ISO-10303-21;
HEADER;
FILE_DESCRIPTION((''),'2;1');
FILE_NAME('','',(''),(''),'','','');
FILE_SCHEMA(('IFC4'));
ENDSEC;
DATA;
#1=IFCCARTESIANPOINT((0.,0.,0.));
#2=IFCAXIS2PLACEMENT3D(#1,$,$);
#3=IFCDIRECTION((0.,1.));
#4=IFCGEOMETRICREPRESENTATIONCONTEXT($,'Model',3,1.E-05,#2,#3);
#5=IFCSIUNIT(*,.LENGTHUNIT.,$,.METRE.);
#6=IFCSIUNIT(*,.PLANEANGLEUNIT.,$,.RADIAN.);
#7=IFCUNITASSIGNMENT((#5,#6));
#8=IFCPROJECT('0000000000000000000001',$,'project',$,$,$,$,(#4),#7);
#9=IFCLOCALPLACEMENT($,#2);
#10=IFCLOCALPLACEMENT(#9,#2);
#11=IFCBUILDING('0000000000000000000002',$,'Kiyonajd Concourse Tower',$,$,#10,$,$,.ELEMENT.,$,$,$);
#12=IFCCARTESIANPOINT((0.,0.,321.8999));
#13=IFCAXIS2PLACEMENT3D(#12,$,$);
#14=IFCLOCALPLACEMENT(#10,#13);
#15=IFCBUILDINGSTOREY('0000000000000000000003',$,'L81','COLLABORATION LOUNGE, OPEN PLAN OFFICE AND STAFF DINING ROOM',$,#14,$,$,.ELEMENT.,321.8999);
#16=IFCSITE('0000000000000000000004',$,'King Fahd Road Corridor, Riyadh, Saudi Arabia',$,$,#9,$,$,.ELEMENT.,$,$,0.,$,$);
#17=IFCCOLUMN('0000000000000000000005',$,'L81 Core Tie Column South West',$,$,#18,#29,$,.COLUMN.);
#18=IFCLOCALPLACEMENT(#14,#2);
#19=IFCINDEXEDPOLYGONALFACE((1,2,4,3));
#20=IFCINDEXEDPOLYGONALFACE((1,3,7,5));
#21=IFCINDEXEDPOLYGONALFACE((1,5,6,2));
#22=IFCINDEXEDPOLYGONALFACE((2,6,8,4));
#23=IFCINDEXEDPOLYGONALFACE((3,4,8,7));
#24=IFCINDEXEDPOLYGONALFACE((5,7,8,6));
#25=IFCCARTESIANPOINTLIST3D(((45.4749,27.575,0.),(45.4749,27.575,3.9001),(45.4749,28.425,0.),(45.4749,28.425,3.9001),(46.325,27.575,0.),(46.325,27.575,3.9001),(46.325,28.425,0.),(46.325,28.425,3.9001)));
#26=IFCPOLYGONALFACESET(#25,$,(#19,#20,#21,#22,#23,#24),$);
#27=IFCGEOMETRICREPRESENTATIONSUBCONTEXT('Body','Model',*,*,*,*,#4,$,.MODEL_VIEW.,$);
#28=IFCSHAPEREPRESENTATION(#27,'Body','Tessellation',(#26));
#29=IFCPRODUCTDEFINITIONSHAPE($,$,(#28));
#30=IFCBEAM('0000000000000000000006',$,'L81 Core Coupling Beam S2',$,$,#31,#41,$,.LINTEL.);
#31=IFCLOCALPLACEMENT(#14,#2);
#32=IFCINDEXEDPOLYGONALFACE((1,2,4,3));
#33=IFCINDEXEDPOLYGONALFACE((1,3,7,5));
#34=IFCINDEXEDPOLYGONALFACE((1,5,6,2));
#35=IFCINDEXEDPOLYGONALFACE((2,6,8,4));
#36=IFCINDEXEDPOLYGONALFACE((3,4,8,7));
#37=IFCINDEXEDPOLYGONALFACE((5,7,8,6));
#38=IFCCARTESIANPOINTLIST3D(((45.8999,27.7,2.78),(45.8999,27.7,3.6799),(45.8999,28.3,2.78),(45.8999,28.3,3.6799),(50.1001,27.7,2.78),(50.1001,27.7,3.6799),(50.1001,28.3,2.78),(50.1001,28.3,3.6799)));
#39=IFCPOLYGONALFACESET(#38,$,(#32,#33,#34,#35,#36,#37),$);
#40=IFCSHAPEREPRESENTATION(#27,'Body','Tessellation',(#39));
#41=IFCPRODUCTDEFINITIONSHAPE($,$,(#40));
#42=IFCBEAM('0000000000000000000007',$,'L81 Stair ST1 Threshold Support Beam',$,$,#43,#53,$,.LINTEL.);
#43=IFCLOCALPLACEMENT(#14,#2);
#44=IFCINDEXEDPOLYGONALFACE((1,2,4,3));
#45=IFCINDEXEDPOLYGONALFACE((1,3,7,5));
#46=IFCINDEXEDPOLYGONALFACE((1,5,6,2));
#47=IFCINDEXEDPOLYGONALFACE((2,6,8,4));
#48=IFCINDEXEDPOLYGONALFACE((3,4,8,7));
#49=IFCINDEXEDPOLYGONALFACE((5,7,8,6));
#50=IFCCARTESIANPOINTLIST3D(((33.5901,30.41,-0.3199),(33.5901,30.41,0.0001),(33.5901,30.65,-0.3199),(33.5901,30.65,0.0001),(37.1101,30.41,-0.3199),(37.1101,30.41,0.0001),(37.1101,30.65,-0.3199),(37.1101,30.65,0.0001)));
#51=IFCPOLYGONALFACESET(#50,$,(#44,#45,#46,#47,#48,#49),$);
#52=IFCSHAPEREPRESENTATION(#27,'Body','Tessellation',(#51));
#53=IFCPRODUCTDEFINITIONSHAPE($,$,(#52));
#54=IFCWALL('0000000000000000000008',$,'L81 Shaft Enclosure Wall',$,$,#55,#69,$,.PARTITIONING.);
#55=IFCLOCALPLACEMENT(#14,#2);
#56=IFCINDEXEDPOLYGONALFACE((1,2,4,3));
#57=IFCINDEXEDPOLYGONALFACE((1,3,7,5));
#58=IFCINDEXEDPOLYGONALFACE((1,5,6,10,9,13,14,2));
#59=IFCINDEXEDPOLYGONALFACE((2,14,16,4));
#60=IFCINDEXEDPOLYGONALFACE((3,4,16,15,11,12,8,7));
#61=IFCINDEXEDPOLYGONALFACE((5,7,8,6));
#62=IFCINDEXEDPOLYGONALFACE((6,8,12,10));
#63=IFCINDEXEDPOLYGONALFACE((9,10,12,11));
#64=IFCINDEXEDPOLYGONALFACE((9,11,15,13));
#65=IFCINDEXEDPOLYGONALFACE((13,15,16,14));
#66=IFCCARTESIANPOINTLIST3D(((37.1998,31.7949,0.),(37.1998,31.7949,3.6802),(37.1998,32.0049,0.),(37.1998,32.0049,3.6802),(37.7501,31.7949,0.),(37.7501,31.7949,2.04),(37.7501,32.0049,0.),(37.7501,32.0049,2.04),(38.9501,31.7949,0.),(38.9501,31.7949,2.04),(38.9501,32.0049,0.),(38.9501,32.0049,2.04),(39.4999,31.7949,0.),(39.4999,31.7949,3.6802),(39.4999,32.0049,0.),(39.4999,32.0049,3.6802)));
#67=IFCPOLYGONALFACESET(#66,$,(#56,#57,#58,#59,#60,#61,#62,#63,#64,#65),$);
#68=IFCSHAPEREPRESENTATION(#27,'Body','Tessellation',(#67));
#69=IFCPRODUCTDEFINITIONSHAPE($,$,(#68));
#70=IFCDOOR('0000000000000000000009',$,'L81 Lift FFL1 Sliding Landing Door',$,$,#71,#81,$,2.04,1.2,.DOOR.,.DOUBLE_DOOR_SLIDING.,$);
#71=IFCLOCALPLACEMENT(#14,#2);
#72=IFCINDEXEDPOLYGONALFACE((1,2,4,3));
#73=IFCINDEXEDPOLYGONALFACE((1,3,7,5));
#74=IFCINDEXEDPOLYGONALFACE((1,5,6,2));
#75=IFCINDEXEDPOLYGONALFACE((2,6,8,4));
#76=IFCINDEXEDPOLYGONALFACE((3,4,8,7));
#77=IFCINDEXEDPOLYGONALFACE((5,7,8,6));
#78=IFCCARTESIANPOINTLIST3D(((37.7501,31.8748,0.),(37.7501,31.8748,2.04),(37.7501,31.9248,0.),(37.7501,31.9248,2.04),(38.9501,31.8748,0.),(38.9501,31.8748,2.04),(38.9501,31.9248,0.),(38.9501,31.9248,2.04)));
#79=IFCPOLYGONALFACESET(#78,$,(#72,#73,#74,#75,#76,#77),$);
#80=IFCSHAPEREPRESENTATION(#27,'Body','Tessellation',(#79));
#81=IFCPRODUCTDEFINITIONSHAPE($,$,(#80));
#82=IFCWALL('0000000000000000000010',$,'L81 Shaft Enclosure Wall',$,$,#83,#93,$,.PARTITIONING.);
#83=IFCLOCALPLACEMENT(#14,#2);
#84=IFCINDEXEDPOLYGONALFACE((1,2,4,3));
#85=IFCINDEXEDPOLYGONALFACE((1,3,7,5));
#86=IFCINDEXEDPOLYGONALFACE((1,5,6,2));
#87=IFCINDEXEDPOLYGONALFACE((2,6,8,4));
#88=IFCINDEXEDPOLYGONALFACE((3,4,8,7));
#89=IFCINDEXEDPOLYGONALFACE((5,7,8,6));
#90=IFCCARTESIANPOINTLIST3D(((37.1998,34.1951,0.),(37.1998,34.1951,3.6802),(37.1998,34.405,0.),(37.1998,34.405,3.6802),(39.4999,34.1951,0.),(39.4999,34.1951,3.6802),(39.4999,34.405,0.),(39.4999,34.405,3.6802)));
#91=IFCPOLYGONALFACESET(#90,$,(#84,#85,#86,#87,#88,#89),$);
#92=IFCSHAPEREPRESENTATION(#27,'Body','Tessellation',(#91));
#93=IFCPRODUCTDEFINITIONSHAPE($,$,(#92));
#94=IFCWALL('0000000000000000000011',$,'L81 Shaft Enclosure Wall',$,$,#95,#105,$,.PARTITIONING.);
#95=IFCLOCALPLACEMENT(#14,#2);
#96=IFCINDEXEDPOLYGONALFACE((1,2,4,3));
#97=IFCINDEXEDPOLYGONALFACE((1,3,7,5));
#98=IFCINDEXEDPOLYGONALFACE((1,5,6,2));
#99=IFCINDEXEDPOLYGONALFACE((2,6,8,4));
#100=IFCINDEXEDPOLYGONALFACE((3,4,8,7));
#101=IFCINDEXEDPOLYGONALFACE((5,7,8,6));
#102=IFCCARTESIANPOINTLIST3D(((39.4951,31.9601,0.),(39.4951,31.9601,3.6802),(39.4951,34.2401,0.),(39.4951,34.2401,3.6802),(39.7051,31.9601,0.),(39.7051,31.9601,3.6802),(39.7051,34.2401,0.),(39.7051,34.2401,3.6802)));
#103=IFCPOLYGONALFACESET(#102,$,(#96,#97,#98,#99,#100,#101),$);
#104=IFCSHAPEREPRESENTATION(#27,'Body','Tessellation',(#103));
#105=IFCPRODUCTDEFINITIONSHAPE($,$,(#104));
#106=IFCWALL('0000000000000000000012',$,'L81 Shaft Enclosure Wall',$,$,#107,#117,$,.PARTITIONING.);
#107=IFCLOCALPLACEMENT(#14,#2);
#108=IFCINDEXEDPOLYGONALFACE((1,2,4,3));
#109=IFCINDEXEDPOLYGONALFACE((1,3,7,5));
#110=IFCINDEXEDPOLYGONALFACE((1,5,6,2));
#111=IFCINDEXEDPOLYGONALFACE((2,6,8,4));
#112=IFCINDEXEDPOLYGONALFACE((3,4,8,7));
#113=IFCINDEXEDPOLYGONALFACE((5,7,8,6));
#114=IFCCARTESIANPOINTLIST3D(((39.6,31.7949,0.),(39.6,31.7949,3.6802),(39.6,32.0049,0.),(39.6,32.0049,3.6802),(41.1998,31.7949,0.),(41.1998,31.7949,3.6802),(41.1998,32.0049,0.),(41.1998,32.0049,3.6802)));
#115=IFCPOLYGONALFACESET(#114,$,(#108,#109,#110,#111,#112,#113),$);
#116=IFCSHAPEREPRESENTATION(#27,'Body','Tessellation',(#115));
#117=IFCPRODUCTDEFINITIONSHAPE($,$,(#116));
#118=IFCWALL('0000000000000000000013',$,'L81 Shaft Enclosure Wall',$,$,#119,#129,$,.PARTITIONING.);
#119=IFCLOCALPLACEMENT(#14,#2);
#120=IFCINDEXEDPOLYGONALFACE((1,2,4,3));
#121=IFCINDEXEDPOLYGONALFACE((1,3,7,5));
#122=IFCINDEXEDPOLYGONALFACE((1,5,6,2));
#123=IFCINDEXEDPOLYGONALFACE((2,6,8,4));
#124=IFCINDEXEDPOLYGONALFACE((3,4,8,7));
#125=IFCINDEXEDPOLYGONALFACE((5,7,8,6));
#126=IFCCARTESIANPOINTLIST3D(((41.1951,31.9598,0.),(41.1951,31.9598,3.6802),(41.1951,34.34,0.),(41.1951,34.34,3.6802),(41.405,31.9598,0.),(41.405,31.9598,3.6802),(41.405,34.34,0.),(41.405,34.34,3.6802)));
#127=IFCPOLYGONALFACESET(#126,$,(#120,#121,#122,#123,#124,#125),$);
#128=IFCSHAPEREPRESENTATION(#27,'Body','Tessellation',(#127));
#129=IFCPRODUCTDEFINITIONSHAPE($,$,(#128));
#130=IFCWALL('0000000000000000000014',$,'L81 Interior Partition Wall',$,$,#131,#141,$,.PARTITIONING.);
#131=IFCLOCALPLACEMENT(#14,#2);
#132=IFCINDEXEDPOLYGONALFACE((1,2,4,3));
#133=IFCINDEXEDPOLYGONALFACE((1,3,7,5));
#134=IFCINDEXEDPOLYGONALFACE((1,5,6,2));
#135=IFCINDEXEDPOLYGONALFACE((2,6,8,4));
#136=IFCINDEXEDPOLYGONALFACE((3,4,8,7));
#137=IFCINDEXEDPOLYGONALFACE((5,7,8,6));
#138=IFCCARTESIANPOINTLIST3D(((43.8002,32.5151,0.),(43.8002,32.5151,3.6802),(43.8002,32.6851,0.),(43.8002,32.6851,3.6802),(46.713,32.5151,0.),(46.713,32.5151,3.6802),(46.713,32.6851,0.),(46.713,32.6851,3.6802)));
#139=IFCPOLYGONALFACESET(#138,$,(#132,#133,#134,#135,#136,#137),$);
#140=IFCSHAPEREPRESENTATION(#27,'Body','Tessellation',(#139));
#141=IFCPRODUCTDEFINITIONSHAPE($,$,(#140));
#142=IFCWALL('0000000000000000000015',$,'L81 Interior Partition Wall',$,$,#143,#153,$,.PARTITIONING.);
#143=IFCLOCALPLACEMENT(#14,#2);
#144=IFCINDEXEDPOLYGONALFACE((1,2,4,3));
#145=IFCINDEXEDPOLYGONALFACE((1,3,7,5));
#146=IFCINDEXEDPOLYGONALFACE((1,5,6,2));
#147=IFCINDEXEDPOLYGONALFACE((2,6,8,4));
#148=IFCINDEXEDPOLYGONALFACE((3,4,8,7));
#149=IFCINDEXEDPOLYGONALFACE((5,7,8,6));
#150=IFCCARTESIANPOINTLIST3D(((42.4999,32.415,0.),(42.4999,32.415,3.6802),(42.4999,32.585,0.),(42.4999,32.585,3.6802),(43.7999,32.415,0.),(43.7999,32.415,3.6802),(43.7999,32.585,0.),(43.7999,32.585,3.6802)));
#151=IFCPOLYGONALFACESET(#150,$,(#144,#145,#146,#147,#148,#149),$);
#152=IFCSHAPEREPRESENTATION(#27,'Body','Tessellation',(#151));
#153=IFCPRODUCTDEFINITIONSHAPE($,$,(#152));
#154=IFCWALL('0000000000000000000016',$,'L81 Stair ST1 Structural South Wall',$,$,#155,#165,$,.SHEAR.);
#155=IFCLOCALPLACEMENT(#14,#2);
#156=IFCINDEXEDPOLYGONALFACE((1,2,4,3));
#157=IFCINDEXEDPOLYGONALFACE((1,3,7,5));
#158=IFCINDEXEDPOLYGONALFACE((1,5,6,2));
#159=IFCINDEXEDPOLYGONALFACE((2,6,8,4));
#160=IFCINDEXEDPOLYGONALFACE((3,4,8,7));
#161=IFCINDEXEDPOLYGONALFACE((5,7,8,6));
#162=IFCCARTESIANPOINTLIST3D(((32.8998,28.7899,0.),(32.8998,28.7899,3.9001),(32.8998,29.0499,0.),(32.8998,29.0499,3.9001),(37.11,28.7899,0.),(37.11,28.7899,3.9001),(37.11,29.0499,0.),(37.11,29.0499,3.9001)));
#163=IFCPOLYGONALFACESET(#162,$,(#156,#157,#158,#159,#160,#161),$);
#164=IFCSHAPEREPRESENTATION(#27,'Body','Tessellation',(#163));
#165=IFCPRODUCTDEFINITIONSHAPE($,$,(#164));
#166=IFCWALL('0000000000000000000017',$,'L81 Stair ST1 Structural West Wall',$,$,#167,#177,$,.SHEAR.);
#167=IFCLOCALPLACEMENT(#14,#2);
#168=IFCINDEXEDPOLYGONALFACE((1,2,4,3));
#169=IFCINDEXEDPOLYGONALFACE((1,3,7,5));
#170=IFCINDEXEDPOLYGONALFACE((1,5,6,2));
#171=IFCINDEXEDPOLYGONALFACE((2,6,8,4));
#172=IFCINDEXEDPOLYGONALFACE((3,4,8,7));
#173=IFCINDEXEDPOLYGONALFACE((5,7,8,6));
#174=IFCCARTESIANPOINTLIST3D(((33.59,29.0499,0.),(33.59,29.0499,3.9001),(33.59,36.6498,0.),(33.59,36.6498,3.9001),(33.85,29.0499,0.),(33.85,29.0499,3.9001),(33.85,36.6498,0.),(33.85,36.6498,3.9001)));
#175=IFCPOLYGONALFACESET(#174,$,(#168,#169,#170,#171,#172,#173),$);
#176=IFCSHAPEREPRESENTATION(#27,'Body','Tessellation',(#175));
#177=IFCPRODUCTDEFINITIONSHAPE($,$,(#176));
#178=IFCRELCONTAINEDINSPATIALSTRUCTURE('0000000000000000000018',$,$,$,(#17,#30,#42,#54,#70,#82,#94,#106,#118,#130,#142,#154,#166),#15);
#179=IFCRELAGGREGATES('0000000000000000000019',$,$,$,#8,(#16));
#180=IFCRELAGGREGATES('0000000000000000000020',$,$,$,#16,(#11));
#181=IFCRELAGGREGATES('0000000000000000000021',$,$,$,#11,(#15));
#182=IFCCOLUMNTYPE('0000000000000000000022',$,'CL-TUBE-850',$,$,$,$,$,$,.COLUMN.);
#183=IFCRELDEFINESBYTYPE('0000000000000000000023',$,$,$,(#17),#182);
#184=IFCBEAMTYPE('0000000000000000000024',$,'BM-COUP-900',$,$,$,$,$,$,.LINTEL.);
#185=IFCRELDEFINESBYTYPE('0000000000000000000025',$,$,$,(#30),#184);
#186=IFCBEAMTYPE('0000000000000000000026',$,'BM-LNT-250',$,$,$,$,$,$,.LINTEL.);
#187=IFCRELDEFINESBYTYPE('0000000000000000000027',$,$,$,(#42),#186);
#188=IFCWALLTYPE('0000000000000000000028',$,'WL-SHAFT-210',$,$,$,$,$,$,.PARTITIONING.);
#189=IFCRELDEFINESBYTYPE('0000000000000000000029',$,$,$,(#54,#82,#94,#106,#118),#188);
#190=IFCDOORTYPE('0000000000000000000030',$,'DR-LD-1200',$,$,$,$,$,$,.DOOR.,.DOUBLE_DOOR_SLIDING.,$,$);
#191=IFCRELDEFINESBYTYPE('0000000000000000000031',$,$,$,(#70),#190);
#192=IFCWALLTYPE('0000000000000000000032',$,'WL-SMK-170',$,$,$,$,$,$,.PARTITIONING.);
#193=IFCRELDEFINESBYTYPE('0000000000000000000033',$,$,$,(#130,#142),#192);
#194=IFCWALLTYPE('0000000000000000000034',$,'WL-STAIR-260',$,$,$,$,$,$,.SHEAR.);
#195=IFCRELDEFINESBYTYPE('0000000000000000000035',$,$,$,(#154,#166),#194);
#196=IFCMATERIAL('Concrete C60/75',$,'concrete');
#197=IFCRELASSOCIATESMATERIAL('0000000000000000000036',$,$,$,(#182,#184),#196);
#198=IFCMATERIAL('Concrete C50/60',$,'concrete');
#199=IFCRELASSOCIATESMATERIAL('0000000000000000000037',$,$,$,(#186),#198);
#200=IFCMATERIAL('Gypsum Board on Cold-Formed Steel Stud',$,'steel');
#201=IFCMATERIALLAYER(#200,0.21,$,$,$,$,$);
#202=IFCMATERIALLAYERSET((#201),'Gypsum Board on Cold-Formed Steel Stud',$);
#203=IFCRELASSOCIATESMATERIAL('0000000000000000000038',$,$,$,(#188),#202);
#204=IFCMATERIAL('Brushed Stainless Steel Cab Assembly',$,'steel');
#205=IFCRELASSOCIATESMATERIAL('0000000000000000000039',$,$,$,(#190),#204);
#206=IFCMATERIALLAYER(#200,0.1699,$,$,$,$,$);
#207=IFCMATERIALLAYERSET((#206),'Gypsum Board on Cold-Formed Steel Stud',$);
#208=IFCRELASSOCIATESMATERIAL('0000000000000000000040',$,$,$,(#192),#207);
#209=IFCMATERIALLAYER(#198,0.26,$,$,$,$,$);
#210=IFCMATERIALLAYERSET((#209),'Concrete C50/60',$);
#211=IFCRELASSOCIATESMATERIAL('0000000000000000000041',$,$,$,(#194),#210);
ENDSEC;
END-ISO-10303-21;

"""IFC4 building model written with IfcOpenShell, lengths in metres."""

from ifc_helpers import new_model, si_unit, direction, frame, frame_2d, origin, origin_2d, place, context, subcontext, project, spatial, rectangle, extrude, material, layer, layer_set, material_profile, profile_set, type_object, element, fill, save


model = new_model("IFC4")

# Units and contexts
model_context = context("Model", 3, precision=1e-05, world=origin(), true_north=direction((0.0, 1.0)))
body_context = subcontext(model_context, "Body", "Model", "MODEL_VIEW")
ifc_project = project(units=[si_unit("LENGTHUNIT", "METRE"), si_unit("PLANEANGLEUNIT", "RADIAN")], contexts=[model_context])

# Site, building, storey
site_placement = place(None, origin())
site = spatial("IfcSite", under=ifc_project, at=site_placement, Name="King Fahd Road Corridor, Riyadh, Saudi Arabia", CompositionType="ELEMENT", RefElevation=0.0)
building_placement = place(site_placement, origin())
building = spatial("IfcBuilding", under=site, at=building_placement, Name="Kiyonajd Concourse Tower", CompositionType="ELEMENT")
storey_placement = place(building_placement, frame((0.0, 0.0, 321.8999)))
storey = spatial("IfcBuildingStorey", under=building, at=storey_placement, Name="L81", Description="COLLABORATION LOUNGE, OPEN PLAN OFFICE AND STAFF DINING ROOM", CompositionType="ELEMENT", Elevation=321.8999)

# Column
ifc_material_1 = material(Name="Concrete C60/75", Category="concrete")
ifc_material_profile_1 = material_profile(ifc_material_1, rectangle(XDim=0.8501, YDim=0.8501, at=origin_2d()), Name="RC-850x850")
ifc_profile_set_1 = profile_set([ifc_material_profile_1], Name="Concrete C60/75")
column_type = type_object("IfcColumnType", Name="CL-TUBE-850", PredefinedType="COLUMN", material=ifc_profile_set_1)
column_placement = place(storey_placement, frame((45.8999, 28.0, 0.0), z_axis=(0.0, 0.0, 1.0), x_axis=(1.0, 0.0, 0.0)))
element("IfcColumn", 1, at=column_placement, inside=storey, type_object=column_type, Name="L81 Core Tie Column South West", PredefinedType="COLUMN", context=body_context, shape_type="SweptSolid", body=[
    extrude(rectangle(XDim=0.8501, YDim=0.8501, at=origin_2d()), origin(), (0.0, 0.0, 1.0), 3.9001),
])

# Beams
ifc_material_profile_2 = material_profile(ifc_material_1, rectangle(XDim=0.6001, YDim=0.8999, at=origin_2d()), Name="RCBM-600x900")
ifc_profile_set_2 = profile_set([ifc_material_profile_2], Name="Concrete C60/75")
beam_type_1 = type_object("IfcBeamType", Name="BM-COUP-900", PredefinedType="LINTEL", material=ifc_profile_set_2)
beam_1_placement = place(storey_placement, frame((45.8999, 28.0, 3.23), z_axis=(1.0, 0.0, 0.0), x_axis=(0.0, 1.0, 0.0)))
element("IfcBeam", 2, at=beam_1_placement, inside=storey, type_object=beam_type_1, Name="L81 Core Coupling Beam S2", PredefinedType="LINTEL", context=body_context, shape_type="SweptSolid", body=[
    extrude(rectangle(XDim=0.6001, YDim=0.8999, at=origin_2d()), origin(), (0.0, 0.0, 1.0), 4.2002),
])
ifc_material_2 = material(Name="Concrete C50/60", Category="concrete")
ifc_material_profile_3 = material_profile(ifc_material_2, rectangle(XDim=0.24, YDim=0.3201, at=origin_2d()), Name="RCBM-240x320")
ifc_profile_set_3 = profile_set([ifc_material_profile_3], Name="Concrete C50/60")
beam_type_2 = type_object("IfcBeamType", Name="BM-LNT-250", PredefinedType="LINTEL", material=ifc_profile_set_3)
beam_2_placement = place(storey_placement, frame((33.5901, 30.53, -0.1599), z_axis=(1.0, 0.0, 0.0), x_axis=(0.0, 1.0, 0.0)))
element("IfcBeam", 3, at=beam_2_placement, inside=storey, type_object=beam_type_2, Name="L81 Stair ST1 Threshold Support Beam", PredefinedType="LINTEL", context=body_context, shape_type="SweptSolid", body=[
    extrude(rectangle(XDim=0.24, YDim=0.3201, at=origin_2d()), origin(), (0.0, 0.0, 1.0), 3.52),
])

# Wall, opening, door
ifc_material_3 = material(Name="Gypsum Board on Cold-Formed Steel Stud", Category="steel")
ifc_layer_1 = layer(ifc_material_3, 0.21)
ifc_layer_set_1 = layer_set([ifc_layer_1], Name="Gypsum Board on Cold-Formed Steel Stud")
wall_type_1 = type_object("IfcWallType", Name="WL-SHAFT-210", PredefinedType="PARTITIONING", material=ifc_layer_set_1)
wall_1_placement = place(storey_placement, frame((37.2, 31.8999, 0.0), z_axis=(0.0, 0.0, 1.0), x_axis=(1.0, 0.0, 0.0)))
wall_1 = element("IfcWall", 4, at=wall_1_placement, inside=storey, type_object=wall_type_1, Name="L81 Shaft Enclosure Wall", PredefinedType="PARTITIONING", context=body_context, shape_type="SweptSolid", body=[
    extrude(rectangle(XDim=2.3, YDim=0.21, at=frame_2d((1.1499, 0.0))), origin(), (0.0, 0.0, 1.0), 3.6802),
])
opening_1_placement = place(wall_1_placement, frame((0.55, 0.0, 0.0)))
opening_1 = element("IfcOpeningElement", 5, at=opening_1_placement, cuts=wall_1, PredefinedType="OPENING", context=body_context, shape_type="SweptSolid", body=[
    extrude(rectangle(XDim=1.2, YDim=2.04, at=frame_2d((0.6001, 1.02))), frame((0.0, 0.115, 0.0), z_axis=(0.0, -1.0, 0.0), x_axis=(1.0, 0.0, 0.0)), (0.0, 0.0, 1.0), 0.23),
])
ifc_material_4 = material(Name="Brushed Stainless Steel Cab Assembly", Category="steel")
door_type_1 = type_object("IfcDoorType", Name="DR-LD-1200", OperationType="DOUBLE_DOOR_SLIDING", PredefinedType="DOOR", material=ifc_material_4)
door_1_placement = place(opening_1_placement, origin())
door_1 = element("IfcDoor", 6, at=door_1_placement, inside=storey, type_object=door_type_1, Name="L81 Lift FFL1 Sliding Landing Door", OperationType="DOUBLE_DOOR_SLIDING", OverallHeight=2.04, OverallWidth=1.2, PredefinedType="DOOR", context=body_context, shape_type="SweptSolid", body=[
    extrude(rectangle(XDim=1.2, YDim=2.04, at=frame_2d((0.6001, 1.02))), frame((0.0, 0.0249, 0.0), z_axis=(0.0, -1.0, 0.0), x_axis=(1.0, 0.0, 0.0)), (0.0, 0.0, 1.0), 0.05),
])
fill(opening_1, door_1)

# Walls
wall_2_placement = place(storey_placement, frame((37.2, 34.3, 0.0), z_axis=(0.0, 0.0, 1.0), x_axis=(1.0, 0.0, 0.0)))
element("IfcWall", 7, at=wall_2_placement, inside=storey, type_object=wall_type_1, Name="L81 Shaft Enclosure Wall", PredefinedType="PARTITIONING", context=body_context, shape_type="SweptSolid", body=[
    extrude(rectangle(XDim=2.3, YDim=0.21, at=frame_2d((1.1499, 0.0))), origin(), (0.0, 0.0, 1.0), 3.6802),
])
wall_3_placement = place(storey_placement, frame((39.6001, 31.96, 0.0), z_axis=(0.0, 0.0, 1.0), x_axis=(0.0, 1.0, 0.0)))
element("IfcWall", 8, at=wall_3_placement, inside=storey, type_object=wall_type_1, Name="L81 Shaft Enclosure Wall", PredefinedType="PARTITIONING", context=body_context, shape_type="SweptSolid", body=[
    extrude(rectangle(XDim=2.28, YDim=0.21, at=frame_2d((1.1401, 0.0))), origin(), (0.0, 0.0, 1.0), 3.6802),
])
wall_4_placement = place(storey_placement, frame((39.6001, 31.8999, 0.0), z_axis=(0.0, 0.0, 1.0), x_axis=(1.0, 0.0, 0.0)))
element("IfcWall", 9, at=wall_4_placement, inside=storey, type_object=wall_type_1, Name="L81 Shaft Enclosure Wall", PredefinedType="PARTITIONING", context=body_context, shape_type="SweptSolid", body=[
    extrude(rectangle(XDim=1.5999, YDim=0.21, at=frame_2d((0.7998, 0.0))), origin(), (0.0, 0.0, 1.0), 3.6802),
])
wall_5_placement = place(storey_placement, frame((41.3, 31.96, 0.0), z_axis=(0.0, 0.0, 1.0), x_axis=(0.0, 1.0, 0.0)))
element("IfcWall", 10, at=wall_5_placement, inside=storey, type_object=wall_type_1, Name="L81 Shaft Enclosure Wall", PredefinedType="PARTITIONING", context=body_context, shape_type="SweptSolid", body=[
    extrude(rectangle(XDim=2.3801, YDim=0.21, at=frame_2d((1.1899, 0.0))), origin(), (0.0, 0.0, 1.0), 3.6802),
])
ifc_layer_2 = layer(ifc_material_3, 0.1699)
ifc_layer_set_2 = layer_set([ifc_layer_2], Name="Gypsum Board on Cold-Formed Steel Stud")
wall_type_2 = type_object("IfcWallType", Name="WL-SMK-170", PredefinedType="PARTITIONING", material=ifc_layer_set_2)
wall_6_placement = place(storey_placement, frame((43.8, 32.6001, 0.0), z_axis=(0.0, 0.0, 1.0), x_axis=(1.0, 0.0, 0.0)))
element("IfcWall", 11, at=wall_6_placement, inside=storey, type_object=wall_type_2, Name="L81 Interior Partition Wall", PredefinedType="PARTITIONING", context=body_context, shape_type="SweptSolid", body=[
    extrude(rectangle(XDim=2.9128, YDim=0.1699, at=frame_2d((1.4565, 0.0))), origin(), (0.0, 0.0, 1.0), 3.6802),
])
wall_7_placement = place(storey_placement, frame((42.5, 32.5, 0.0), z_axis=(0.0, 0.0, 1.0), x_axis=(1.0, 0.0, 0.0)))
element("IfcWall", 12, at=wall_7_placement, inside=storey, type_object=wall_type_2, Name="L81 Interior Partition Wall", PredefinedType="PARTITIONING", context=body_context, shape_type="SweptSolid", body=[
    extrude(rectangle(XDim=1.3, YDim=0.1699, at=frame_2d((0.6499, 0.0))), origin(), (0.0, 0.0, 1.0), 3.6802),
])
ifc_layer_3 = layer(ifc_material_2, 0.26)
ifc_layer_set_3 = layer_set([ifc_layer_3], Name="Concrete C50/60")
wall_type_3 = type_object("IfcWallType", Name="WL-STAIR-260", PredefinedType="SHEAR", material=ifc_layer_set_3)
wall_8_placement = place(storey_placement, frame((32.8999, 28.9199, 0.0), z_axis=(0.0, 0.0, 1.0), x_axis=(1.0, 0.0, 0.0)))
element("IfcWall", 13, at=wall_8_placement, inside=storey, type_object=wall_type_3, Name="L81 Stair ST1 Structural South Wall", PredefinedType="SHEAR", context=body_context, shape_type="SweptSolid", body=[
    extrude(rectangle(XDim=4.2102, YDim=0.26, at=frame_2d((2.105, 0.0))), origin(), (0.0, 0.0, 1.0), 3.9001),
])
wall_9_placement = place(storey_placement, frame((33.72, 29.05, 0.0), z_axis=(0.0, 0.0, 1.0), x_axis=(0.0, 1.0, 0.0)))
element("IfcWall", 14, at=wall_9_placement, inside=storey, type_object=wall_type_3, Name="L81 Stair ST1 Structural West Wall", PredefinedType="SHEAR", context=body_context, shape_type="SweptSolid", body=[
    extrude(rectangle(XDim=7.5999, YDim=0.26, at=frame_2d((3.7998, 0.0))), origin(), (0.0, 0.0, 1.0), 3.9001),
])

save(model, "model.ifc")
